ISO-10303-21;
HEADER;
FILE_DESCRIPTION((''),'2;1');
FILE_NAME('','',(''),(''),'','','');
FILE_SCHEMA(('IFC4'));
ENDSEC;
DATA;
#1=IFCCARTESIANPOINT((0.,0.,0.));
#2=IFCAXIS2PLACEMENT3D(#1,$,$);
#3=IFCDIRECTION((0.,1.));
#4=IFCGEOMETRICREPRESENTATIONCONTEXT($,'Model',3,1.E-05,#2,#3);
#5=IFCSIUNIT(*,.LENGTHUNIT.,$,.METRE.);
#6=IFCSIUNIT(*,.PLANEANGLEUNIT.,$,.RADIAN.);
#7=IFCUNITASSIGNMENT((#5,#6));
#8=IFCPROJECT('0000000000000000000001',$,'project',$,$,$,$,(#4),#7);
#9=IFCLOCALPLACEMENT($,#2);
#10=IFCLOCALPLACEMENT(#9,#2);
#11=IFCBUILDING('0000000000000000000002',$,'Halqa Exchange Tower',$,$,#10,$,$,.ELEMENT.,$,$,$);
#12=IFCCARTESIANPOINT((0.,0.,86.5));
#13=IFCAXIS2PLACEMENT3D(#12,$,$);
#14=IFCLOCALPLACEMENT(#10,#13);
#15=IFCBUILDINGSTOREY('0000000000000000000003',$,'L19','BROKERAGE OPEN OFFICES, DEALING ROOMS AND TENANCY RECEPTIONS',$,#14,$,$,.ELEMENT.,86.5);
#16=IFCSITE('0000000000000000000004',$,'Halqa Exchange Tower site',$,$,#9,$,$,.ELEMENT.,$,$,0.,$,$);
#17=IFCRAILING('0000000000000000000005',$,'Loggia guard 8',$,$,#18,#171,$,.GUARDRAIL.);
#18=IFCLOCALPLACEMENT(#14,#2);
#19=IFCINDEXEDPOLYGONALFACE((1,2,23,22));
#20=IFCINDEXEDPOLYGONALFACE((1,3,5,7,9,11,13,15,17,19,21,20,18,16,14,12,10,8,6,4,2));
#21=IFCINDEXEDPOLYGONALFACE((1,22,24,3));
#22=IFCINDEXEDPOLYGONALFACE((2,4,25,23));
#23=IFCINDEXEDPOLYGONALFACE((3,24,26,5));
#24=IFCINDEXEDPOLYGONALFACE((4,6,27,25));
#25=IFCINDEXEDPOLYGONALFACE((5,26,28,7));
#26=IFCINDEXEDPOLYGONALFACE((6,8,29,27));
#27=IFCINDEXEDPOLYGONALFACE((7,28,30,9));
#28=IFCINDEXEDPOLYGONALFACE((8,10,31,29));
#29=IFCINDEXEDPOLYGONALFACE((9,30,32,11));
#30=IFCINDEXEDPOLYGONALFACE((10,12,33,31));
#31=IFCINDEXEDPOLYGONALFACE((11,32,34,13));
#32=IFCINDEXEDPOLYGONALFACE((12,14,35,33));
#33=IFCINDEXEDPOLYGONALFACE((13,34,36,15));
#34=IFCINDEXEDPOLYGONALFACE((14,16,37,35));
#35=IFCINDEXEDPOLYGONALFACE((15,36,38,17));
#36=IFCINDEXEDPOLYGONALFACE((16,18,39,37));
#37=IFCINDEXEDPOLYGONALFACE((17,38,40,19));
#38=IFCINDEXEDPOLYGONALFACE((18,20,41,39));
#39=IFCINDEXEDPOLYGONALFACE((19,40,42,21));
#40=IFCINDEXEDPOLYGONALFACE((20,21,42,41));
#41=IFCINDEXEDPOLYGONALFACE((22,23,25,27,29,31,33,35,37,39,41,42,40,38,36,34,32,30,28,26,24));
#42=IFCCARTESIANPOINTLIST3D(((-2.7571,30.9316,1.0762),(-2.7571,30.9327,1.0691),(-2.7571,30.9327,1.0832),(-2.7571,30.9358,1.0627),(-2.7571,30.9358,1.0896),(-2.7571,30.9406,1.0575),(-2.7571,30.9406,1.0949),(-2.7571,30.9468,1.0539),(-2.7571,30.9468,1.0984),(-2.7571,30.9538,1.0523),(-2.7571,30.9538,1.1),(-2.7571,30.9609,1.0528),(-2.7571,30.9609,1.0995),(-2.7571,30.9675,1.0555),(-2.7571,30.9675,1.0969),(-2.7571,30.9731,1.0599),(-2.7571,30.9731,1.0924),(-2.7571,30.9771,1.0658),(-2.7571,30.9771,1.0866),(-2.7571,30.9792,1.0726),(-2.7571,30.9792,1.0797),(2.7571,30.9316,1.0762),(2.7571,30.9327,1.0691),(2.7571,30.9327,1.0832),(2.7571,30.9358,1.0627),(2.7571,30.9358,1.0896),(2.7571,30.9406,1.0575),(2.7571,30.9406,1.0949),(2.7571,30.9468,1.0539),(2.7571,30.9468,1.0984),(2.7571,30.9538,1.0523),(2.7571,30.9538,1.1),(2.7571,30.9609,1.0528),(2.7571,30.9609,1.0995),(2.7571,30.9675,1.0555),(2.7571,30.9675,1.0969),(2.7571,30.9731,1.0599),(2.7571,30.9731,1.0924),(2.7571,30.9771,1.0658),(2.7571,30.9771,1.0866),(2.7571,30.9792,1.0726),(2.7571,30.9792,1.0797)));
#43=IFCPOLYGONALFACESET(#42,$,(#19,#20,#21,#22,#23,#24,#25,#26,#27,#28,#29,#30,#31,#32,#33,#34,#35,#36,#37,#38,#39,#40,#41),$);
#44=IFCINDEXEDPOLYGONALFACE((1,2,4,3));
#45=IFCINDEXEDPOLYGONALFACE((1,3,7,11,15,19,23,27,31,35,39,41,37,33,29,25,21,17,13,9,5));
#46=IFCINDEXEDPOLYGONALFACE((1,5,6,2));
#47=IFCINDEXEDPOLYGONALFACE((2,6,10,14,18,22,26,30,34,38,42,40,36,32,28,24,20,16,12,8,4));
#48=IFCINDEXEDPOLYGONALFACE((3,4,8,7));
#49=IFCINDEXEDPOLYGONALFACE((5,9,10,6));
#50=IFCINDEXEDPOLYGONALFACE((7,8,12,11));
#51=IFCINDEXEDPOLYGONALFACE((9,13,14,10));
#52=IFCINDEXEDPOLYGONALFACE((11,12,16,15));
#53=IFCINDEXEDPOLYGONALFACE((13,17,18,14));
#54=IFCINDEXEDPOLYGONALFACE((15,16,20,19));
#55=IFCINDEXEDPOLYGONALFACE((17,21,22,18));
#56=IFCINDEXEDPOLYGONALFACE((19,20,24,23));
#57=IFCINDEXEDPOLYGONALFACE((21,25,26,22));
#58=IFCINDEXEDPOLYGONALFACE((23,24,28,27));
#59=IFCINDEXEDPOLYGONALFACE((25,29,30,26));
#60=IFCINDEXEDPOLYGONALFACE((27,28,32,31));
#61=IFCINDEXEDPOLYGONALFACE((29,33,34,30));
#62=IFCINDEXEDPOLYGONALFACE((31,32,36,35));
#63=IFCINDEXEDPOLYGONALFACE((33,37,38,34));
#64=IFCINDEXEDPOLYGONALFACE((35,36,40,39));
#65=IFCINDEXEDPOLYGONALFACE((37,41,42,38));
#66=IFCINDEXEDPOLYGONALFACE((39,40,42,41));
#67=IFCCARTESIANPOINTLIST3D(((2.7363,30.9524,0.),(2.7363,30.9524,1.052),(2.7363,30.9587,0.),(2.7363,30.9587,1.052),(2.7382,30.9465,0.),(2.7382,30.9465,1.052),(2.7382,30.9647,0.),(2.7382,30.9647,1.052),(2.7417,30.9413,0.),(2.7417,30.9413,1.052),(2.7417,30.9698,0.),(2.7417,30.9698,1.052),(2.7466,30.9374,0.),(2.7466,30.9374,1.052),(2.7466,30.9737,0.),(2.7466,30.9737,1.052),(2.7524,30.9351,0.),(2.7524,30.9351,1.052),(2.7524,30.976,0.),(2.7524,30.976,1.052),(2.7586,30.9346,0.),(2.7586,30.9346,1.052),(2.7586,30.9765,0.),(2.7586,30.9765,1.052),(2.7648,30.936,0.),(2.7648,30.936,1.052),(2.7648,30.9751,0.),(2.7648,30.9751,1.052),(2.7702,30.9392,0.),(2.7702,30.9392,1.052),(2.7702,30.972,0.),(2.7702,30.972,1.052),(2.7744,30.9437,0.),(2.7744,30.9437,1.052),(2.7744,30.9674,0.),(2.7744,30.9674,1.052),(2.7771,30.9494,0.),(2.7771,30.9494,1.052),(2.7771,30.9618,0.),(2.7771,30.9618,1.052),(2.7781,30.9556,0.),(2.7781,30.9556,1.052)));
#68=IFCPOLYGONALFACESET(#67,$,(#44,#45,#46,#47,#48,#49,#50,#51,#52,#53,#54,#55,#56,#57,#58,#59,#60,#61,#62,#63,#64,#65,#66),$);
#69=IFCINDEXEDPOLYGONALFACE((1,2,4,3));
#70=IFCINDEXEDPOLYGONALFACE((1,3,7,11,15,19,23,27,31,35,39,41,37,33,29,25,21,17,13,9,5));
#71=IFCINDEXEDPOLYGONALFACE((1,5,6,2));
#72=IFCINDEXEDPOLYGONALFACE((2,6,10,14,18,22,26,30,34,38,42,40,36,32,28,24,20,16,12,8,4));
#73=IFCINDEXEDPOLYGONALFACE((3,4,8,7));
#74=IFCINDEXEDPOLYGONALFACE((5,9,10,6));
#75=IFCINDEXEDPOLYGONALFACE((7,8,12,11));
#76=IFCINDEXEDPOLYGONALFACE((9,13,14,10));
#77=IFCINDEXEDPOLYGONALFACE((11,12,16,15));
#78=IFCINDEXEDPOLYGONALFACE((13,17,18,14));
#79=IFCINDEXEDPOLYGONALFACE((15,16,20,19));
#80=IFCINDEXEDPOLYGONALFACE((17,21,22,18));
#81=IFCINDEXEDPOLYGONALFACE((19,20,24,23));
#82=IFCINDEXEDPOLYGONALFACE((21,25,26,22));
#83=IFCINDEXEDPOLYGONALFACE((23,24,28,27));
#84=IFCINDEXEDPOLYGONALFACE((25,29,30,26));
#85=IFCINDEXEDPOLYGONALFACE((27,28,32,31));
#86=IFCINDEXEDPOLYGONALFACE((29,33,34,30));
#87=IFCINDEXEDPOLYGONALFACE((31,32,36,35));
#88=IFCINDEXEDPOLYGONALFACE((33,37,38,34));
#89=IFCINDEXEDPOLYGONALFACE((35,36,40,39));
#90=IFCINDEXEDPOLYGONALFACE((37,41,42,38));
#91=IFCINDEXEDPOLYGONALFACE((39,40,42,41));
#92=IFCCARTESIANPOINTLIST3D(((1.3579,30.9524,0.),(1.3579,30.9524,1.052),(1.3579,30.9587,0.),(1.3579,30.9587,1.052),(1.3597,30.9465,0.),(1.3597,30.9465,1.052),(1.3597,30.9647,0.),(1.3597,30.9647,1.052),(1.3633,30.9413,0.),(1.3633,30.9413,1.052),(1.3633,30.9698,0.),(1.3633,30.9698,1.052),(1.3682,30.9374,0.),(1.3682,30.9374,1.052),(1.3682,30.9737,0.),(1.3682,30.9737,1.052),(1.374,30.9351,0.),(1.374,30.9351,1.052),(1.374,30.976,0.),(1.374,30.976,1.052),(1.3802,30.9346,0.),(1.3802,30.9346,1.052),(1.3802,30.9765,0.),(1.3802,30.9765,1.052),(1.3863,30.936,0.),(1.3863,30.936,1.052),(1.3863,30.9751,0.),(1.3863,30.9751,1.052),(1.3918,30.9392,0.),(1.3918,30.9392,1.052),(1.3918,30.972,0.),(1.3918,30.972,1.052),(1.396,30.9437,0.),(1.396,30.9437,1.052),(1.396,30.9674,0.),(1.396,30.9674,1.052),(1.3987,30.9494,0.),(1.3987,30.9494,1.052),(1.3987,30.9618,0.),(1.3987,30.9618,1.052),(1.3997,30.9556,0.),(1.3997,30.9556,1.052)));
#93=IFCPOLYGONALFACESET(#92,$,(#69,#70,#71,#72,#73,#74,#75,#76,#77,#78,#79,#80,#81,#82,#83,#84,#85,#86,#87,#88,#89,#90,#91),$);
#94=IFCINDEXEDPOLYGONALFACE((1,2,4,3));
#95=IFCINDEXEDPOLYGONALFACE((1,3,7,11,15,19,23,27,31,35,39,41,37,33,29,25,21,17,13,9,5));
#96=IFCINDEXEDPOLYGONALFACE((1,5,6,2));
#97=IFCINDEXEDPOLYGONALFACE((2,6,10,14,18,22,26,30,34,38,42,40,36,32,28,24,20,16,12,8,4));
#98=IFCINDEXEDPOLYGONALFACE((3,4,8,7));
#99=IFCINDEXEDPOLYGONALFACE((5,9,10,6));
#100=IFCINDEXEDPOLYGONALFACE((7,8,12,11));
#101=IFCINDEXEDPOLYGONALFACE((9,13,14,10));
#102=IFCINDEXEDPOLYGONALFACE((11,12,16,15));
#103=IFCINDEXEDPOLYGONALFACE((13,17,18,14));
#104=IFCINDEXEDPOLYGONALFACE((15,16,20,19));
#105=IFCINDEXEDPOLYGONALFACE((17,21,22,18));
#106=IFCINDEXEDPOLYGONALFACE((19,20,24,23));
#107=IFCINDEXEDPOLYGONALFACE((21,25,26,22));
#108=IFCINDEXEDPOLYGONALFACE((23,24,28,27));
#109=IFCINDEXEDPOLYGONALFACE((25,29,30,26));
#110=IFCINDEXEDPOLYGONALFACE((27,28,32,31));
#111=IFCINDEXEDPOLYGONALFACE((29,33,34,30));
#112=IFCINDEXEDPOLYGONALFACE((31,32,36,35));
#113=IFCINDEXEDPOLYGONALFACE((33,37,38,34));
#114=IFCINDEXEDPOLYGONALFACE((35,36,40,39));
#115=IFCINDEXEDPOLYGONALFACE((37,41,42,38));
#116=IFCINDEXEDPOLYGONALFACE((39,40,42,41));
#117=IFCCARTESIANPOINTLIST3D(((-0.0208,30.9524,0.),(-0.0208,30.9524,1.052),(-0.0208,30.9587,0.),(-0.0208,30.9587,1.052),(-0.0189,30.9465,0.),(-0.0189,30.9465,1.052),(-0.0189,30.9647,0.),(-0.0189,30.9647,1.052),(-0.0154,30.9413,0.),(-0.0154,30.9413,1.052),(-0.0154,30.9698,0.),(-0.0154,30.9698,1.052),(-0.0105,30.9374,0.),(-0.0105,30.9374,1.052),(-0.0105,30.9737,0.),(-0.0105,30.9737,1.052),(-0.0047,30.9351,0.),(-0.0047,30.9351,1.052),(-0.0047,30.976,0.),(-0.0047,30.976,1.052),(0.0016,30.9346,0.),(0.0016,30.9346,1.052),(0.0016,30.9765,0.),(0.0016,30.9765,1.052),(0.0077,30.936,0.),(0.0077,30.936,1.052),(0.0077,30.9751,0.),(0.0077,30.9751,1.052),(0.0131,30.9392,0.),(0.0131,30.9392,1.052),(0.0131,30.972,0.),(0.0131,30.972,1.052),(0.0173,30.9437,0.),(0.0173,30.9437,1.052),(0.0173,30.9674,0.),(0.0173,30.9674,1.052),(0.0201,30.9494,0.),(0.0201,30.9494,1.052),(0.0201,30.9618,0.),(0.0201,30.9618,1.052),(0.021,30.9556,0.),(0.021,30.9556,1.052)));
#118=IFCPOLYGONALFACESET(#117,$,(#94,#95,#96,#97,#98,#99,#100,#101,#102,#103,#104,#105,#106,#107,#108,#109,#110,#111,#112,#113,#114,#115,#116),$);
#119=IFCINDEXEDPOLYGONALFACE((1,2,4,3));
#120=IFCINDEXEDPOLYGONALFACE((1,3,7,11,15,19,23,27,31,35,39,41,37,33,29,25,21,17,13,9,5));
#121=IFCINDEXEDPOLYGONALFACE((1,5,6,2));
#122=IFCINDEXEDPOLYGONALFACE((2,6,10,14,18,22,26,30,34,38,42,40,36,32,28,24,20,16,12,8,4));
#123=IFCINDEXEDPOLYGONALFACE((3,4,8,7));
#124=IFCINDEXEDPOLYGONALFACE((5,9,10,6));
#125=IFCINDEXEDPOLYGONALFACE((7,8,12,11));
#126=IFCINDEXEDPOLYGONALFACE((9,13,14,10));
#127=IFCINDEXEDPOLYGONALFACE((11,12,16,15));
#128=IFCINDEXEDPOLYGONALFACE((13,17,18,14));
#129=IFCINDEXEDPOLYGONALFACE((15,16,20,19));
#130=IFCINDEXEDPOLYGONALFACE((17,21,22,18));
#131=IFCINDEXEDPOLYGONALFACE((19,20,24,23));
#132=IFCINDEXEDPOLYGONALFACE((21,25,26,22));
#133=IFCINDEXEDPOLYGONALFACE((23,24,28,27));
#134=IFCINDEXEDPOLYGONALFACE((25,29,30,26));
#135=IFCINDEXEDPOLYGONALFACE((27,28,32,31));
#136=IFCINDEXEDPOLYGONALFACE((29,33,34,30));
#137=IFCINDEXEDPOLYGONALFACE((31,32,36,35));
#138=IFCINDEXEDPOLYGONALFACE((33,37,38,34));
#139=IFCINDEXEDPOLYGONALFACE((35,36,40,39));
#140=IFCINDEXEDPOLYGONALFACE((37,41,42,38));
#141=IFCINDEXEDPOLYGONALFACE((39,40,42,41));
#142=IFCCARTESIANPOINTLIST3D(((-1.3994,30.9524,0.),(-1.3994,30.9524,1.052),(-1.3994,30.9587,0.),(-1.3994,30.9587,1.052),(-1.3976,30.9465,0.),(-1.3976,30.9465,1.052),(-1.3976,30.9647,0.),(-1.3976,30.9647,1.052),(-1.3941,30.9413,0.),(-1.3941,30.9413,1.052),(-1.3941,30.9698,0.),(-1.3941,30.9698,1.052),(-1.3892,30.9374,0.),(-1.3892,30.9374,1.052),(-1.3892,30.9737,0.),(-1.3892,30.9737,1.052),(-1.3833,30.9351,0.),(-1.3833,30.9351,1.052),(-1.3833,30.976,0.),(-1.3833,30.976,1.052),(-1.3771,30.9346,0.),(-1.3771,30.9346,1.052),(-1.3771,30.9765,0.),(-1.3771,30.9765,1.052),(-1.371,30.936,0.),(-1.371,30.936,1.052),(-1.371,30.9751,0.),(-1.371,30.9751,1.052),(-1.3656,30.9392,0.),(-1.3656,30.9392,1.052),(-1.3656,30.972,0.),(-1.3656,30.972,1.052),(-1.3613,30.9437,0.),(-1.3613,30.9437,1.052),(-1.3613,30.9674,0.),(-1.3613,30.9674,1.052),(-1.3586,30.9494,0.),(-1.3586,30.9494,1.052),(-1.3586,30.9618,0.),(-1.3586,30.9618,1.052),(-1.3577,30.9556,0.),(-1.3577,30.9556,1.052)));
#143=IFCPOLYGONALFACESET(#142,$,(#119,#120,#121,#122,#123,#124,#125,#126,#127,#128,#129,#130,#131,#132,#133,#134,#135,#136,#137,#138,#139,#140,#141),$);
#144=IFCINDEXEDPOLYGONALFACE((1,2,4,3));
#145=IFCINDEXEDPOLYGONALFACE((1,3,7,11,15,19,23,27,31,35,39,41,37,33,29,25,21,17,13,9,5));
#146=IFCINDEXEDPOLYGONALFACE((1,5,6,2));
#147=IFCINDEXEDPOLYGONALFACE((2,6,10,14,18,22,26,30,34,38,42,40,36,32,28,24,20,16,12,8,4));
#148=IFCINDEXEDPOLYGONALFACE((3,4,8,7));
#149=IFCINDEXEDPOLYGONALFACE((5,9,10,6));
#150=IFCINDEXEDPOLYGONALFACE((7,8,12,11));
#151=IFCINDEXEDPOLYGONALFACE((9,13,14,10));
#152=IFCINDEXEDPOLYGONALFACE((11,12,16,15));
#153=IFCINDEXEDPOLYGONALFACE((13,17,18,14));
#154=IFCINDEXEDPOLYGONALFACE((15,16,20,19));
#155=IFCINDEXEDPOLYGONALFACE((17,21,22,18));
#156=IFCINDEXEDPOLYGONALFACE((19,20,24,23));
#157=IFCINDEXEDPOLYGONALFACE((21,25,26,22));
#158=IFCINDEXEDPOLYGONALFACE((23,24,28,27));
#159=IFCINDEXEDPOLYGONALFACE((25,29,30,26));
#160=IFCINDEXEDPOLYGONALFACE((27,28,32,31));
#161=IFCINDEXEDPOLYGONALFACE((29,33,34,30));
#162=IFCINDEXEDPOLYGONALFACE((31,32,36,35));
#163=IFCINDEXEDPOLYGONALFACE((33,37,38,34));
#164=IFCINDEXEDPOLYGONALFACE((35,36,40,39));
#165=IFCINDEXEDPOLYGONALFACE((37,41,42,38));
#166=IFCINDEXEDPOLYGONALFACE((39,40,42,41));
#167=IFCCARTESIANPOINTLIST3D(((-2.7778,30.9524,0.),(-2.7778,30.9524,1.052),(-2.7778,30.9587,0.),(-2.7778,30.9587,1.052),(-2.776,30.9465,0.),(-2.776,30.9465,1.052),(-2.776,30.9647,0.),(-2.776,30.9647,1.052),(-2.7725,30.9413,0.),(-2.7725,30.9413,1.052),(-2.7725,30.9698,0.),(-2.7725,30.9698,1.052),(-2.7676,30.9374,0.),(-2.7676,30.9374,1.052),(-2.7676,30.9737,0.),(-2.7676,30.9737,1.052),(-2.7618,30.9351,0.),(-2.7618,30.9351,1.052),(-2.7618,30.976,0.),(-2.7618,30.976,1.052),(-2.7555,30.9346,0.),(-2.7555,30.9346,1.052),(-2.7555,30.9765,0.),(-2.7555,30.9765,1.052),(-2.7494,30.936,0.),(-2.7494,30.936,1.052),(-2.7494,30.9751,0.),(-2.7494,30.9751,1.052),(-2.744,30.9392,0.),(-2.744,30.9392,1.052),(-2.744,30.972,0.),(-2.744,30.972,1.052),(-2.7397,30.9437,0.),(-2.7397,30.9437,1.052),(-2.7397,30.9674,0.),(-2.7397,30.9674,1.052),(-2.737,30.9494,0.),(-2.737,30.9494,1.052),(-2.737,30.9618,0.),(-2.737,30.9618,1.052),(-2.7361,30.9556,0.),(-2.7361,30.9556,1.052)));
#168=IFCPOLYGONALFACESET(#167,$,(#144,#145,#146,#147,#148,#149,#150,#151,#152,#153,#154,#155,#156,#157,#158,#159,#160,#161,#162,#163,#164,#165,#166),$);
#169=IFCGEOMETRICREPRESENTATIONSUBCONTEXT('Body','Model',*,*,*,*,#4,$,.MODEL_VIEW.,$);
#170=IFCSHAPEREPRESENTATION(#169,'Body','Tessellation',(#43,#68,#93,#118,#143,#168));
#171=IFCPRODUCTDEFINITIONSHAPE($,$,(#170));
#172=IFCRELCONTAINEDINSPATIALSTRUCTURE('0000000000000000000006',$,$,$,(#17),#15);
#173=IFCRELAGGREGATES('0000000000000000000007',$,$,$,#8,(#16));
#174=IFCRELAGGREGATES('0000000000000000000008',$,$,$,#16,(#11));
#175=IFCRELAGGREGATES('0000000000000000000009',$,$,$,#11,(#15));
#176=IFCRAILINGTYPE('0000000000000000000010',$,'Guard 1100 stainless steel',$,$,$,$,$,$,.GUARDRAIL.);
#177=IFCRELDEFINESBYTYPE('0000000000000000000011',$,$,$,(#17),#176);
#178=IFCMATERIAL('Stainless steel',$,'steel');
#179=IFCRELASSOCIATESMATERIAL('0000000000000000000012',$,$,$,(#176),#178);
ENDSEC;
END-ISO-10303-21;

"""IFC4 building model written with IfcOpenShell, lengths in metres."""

from ifc_helpers import new_model, si_unit, direction, frame, origin, origin_2d, place, context, subcontext, project, spatial, circle, extrude, material, type_object, element, save


model = new_model("IFC4")

# Units and contexts
model_context = context("Model", 3, precision=1e-05, world=origin(), true_north=direction((0.0, 1.0)))
body_context = subcontext(model_context, "Body", "Model", "MODEL_VIEW")
ifc_project = project(units=[si_unit("LENGTHUNIT", "METRE"), si_unit("PLANEANGLEUNIT", "RADIAN")], contexts=[model_context])

# Site, building, storey
site_placement = place(None, origin())
site = spatial("IfcSite", under=ifc_project, at=site_placement, Name="Halqa Exchange Tower site", CompositionType="ELEMENT", RefElevation=0.0)
building_placement = place(site_placement, origin())
building = spatial("IfcBuilding", under=site, at=building_placement, Name="Halqa Exchange Tower", CompositionType="ELEMENT")
storey_placement = place(building_placement, frame((0.0, 0.0, 86.5)))
storey = spatial("IfcBuildingStorey", under=building, at=storey_placement, Name="L19", Description="BROKERAGE OPEN OFFICES, DEALING ROOMS AND TENANCY RECEPTIONS", CompositionType="ELEMENT", Elevation=86.5)

# Railing
ifc_material_1 = material(Name="Stainless steel", Category="steel")
railing_type_1 = type_object("IfcRailingType", Name="Guard 1100 stainless steel", PredefinedType="GUARDRAIL", material=ifc_material_1)
railing_1_placement = place(storey_placement, frame((2.7571, 30.9556, 0.0)))
element("IfcRailing", 1, at=railing_1_placement, inside=storey, type_object=railing_type_1, Name="Loggia guard 8", PredefinedType="GUARDRAIL", context=body_context, shape_type="SweptSolid", body=[
    extrude(circle(Radius=0.0239, at=origin_2d()), frame((0.0, 0.0, 1.0762), z_axis=(-1.0, 0.0, 0.0), x_axis=(0.0, -1.0, 0.0)), (0.0, 0.0, 1.0), 5.5142),
    extrude(circle(Radius=0.021, at=origin_2d()), origin(), (0.0, 0.0, 1.0), 1.052),
    extrude(circle(Radius=0.021, at=origin_2d()), frame((-1.3784, 0.0, 0.0)), (0.0, 0.0, 1.0), 1.052),
    extrude(circle(Radius=0.021, at=origin_2d()), frame((-2.7571, 0.0, 0.0)), (0.0, 0.0, 1.0), 1.052),
    extrude(circle(Radius=0.021, at=origin_2d()), frame((-4.1357, 0.0, 0.0)), (0.0, 0.0, 1.0), 1.052),
    extrude(circle(Radius=0.021, at=origin_2d()), frame((-5.5142, 0.0, 0.0)), (0.0, 0.0, 1.0), 1.052),
])

save(model, "model.ifc")
